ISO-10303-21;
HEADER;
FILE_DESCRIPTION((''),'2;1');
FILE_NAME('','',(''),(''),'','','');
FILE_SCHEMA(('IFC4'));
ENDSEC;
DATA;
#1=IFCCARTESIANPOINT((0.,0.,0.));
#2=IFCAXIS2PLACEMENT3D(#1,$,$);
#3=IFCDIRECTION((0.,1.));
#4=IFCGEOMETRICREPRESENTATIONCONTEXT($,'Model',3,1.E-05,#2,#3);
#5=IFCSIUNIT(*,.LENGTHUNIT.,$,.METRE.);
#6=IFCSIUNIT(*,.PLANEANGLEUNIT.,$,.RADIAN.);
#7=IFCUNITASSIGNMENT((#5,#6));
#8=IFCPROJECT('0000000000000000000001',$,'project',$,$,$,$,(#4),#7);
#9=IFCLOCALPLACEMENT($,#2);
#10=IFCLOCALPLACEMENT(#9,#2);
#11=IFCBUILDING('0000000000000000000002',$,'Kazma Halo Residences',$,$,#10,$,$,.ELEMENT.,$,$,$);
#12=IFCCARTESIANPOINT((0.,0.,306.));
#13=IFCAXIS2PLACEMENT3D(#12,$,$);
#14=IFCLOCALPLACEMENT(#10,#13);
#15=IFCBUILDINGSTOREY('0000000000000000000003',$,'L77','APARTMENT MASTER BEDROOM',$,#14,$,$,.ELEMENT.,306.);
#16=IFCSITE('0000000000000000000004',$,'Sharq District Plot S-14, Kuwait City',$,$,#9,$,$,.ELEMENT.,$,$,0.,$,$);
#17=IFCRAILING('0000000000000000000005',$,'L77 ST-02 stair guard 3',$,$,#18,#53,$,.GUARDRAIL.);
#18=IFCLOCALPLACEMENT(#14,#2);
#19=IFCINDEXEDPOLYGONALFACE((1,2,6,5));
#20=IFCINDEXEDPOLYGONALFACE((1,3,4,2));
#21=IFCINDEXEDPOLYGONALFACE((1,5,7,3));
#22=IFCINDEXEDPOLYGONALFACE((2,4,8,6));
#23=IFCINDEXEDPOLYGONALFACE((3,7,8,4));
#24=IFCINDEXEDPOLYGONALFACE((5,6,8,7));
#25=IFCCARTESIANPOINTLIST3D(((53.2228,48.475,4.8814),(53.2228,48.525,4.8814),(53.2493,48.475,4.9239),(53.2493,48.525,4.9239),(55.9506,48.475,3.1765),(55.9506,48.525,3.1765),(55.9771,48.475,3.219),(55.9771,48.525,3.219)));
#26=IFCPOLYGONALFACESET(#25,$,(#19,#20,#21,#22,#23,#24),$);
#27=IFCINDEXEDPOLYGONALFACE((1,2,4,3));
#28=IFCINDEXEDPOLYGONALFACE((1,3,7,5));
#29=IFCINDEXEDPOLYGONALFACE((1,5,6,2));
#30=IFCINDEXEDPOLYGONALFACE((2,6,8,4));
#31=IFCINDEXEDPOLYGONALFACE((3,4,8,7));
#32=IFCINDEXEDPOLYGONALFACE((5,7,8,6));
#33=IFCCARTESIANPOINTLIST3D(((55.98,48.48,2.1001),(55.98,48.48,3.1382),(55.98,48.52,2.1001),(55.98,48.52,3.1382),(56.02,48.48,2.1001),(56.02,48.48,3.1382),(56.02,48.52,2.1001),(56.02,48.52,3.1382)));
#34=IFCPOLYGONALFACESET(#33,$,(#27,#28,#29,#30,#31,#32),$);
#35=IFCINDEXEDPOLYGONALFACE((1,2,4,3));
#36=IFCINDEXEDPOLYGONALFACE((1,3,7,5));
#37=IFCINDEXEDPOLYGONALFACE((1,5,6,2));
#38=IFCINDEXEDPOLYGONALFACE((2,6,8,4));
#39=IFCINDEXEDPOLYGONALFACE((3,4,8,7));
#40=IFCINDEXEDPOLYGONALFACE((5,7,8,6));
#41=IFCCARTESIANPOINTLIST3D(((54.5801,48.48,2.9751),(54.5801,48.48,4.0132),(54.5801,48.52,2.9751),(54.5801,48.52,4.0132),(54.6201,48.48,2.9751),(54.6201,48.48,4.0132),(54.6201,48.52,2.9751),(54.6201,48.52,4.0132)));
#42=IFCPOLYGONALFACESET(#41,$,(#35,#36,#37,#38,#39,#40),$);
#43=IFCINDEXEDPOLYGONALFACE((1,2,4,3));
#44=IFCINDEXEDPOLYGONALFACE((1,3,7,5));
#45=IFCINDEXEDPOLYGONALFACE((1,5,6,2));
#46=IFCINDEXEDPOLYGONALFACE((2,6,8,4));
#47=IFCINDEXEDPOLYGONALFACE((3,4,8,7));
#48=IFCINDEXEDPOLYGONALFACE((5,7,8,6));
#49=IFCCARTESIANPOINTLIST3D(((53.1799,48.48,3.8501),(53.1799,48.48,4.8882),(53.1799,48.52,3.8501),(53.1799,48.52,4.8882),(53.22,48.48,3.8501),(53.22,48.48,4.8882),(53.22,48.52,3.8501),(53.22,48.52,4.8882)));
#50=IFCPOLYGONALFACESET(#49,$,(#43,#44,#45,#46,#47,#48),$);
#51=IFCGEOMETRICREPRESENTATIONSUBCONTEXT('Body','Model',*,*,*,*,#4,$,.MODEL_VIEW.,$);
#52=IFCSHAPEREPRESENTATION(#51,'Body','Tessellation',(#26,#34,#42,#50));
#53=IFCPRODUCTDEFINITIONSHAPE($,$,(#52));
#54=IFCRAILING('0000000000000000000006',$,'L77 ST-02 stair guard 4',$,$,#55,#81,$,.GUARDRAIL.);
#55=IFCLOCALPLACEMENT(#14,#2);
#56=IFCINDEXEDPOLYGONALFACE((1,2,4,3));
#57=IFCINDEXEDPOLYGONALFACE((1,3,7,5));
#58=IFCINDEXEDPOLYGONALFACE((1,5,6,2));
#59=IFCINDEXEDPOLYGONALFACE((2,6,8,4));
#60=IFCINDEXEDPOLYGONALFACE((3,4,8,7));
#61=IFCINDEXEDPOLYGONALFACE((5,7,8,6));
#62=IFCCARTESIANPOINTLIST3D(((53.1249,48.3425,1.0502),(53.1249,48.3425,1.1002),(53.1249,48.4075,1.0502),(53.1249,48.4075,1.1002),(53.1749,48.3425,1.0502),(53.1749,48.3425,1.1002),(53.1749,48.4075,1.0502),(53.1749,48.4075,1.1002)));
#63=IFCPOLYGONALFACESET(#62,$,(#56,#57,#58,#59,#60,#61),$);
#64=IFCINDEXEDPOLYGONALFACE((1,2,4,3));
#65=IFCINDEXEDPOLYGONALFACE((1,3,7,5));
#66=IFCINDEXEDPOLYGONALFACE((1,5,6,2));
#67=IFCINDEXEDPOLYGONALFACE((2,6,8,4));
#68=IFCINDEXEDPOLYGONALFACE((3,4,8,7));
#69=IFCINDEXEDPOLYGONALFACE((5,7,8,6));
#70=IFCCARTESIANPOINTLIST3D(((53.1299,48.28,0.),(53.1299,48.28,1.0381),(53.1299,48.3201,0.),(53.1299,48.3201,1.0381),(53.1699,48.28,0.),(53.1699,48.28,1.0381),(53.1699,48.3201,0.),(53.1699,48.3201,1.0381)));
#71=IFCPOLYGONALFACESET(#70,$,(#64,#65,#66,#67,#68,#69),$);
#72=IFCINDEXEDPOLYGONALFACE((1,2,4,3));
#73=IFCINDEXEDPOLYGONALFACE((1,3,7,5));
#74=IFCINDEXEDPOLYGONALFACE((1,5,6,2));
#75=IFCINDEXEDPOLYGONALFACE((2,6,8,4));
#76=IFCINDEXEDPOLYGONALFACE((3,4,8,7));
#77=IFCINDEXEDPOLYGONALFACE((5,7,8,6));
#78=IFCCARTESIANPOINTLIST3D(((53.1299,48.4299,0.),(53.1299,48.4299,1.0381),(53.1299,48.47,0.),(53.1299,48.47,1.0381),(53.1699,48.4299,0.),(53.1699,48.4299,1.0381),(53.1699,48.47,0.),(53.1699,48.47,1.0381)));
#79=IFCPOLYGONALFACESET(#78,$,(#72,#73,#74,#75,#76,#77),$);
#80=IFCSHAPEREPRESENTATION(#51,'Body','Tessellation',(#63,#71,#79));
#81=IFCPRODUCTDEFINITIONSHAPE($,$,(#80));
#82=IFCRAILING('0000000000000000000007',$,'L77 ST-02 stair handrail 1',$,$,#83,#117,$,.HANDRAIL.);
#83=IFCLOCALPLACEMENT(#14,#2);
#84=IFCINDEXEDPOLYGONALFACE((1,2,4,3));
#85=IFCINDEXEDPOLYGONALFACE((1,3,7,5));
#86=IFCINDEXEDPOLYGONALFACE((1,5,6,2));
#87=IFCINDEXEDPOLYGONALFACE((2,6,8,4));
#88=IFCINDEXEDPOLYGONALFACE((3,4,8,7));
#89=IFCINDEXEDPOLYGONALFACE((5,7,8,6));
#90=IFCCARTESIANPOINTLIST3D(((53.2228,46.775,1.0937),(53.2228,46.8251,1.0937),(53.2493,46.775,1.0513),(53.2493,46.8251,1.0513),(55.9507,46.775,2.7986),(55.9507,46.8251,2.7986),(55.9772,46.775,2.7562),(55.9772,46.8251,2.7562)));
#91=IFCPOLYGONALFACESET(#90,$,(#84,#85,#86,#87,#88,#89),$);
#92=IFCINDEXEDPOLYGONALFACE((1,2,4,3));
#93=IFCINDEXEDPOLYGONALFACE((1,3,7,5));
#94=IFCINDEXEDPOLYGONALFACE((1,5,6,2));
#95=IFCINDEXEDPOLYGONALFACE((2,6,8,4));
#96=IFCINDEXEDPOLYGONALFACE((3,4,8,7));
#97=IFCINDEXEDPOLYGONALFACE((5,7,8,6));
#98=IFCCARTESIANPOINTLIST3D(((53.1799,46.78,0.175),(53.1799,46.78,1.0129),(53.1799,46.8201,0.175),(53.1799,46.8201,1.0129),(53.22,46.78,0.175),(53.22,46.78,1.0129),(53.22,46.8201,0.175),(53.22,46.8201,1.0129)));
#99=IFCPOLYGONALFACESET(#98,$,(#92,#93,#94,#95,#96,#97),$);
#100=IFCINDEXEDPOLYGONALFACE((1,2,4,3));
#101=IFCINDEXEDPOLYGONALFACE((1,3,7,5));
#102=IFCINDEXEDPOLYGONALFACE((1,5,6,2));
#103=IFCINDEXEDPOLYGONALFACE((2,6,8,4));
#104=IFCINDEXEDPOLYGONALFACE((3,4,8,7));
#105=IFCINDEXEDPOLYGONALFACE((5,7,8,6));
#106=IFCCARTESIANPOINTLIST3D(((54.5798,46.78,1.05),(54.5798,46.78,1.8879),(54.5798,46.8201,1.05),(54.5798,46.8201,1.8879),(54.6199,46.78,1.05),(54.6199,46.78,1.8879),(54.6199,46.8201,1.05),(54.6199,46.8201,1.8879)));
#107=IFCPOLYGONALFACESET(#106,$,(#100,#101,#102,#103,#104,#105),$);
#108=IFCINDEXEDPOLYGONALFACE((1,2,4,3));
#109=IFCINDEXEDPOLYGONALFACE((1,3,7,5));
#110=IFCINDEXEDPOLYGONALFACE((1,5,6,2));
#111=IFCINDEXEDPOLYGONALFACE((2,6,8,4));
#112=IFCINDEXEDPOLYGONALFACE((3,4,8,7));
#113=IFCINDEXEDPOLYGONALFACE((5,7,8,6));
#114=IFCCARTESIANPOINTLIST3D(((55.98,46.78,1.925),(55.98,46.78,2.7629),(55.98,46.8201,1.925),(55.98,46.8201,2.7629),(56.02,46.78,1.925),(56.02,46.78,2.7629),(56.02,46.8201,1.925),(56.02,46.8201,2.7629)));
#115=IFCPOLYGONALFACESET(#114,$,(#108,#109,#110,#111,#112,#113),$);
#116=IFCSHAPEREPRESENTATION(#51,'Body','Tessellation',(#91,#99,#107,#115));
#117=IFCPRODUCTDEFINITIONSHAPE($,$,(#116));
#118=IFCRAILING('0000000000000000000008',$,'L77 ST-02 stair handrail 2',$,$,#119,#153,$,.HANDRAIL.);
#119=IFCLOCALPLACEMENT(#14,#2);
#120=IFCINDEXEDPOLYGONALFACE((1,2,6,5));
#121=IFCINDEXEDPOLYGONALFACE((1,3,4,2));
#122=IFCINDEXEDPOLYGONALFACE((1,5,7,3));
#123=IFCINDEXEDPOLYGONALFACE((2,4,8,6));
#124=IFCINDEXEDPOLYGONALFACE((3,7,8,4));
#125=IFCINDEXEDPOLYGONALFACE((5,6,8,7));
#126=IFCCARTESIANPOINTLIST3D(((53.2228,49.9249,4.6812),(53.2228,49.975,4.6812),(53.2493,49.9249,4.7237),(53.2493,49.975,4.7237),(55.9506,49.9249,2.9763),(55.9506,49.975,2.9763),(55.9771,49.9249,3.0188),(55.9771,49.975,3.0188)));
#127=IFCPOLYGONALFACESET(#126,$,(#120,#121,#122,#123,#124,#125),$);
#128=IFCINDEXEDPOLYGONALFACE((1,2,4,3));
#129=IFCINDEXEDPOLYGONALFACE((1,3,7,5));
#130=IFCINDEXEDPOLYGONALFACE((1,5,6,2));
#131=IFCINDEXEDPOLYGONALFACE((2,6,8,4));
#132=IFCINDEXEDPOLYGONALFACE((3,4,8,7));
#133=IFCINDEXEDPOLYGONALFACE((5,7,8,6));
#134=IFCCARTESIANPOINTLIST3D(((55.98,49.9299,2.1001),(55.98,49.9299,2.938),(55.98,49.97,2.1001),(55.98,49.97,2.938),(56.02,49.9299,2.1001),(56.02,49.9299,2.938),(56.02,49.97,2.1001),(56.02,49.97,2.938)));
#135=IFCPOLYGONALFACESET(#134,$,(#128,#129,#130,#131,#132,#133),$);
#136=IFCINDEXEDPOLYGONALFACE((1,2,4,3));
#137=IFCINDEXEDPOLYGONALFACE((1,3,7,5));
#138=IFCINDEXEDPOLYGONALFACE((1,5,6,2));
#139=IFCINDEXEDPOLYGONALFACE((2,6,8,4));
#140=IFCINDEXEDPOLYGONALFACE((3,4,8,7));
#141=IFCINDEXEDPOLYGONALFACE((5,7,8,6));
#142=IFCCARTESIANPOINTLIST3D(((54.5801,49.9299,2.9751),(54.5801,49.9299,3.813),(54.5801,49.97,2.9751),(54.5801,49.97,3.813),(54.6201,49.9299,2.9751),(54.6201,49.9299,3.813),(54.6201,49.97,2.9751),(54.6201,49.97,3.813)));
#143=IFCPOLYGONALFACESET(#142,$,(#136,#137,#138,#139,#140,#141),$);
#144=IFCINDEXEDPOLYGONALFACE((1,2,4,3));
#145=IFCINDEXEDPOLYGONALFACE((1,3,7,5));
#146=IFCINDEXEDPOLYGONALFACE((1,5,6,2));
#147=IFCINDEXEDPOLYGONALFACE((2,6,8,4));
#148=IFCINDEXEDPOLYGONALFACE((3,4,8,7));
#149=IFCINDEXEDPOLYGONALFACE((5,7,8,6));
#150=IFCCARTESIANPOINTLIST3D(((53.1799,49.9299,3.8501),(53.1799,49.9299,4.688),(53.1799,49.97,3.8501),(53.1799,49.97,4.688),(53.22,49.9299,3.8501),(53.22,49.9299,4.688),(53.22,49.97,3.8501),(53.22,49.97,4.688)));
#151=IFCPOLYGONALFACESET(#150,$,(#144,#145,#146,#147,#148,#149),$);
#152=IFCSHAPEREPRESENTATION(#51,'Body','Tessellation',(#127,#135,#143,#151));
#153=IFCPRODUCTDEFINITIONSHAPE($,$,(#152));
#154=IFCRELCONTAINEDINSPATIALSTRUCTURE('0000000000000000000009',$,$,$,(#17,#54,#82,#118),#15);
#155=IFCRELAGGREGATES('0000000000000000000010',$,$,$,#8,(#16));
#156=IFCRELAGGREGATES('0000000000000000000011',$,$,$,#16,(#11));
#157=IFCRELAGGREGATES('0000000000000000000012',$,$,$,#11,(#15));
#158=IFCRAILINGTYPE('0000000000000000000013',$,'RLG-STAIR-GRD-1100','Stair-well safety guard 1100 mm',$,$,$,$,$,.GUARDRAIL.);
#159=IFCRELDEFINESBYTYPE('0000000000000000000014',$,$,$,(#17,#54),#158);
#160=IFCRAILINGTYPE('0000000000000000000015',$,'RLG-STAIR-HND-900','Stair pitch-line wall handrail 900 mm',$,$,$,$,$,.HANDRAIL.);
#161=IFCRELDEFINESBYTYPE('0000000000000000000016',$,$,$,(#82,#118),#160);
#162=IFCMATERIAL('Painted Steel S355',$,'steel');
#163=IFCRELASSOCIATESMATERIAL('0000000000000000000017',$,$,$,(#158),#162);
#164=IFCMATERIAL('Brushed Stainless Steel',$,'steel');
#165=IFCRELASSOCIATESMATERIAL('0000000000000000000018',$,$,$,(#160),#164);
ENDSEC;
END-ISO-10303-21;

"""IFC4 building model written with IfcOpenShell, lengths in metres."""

from ifc_helpers import new_model, si_unit, direction, frame, origin, origin_2d, place, context, subcontext, project, spatial, rectangle, extrude, material, type_object, element, save


model = new_model("IFC4")

# Units and contexts
model_context = context("Model", 3, precision=1e-05, world=origin(), true_north=direction((0.0, 1.0)))
body_context = subcontext(model_context, "Body", "Model", "MODEL_VIEW")
ifc_project = project(units=[si_unit("LENGTHUNIT", "METRE"), si_unit("PLANEANGLEUNIT", "RADIAN")], contexts=[model_context])

# Site, building, storey
site_placement = place(None, origin())
site = spatial("IfcSite", under=ifc_project, at=site_placement, Name="Sharq District Plot S-14, Kuwait City", CompositionType="ELEMENT", RefElevation=0.0)
building_placement = place(site_placement, origin())
building = spatial("IfcBuilding", under=site, at=building_placement, Name="Kazma Halo Residences", CompositionType="ELEMENT")
storey_placement = place(building_placement, frame((0.0, 0.0, 306.0)))
storey = spatial("IfcBuildingStorey", under=building, at=storey_placement, Name="L77", Description="APARTMENT MASTER BEDROOM", CompositionType="ELEMENT", Elevation=306.0)

# Railings
ifc_material_1 = material(Name="Painted Steel S355", Category="steel")
railing_type_1 = type_object("IfcRailingType", Name="RLG-STAIR-GRD-1100", Description="Stair-well safety guard 1100 mm", PredefinedType="GUARDRAIL", material=ifc_material_1)
railing_1_placement = place(storey_placement, frame((56.0, 48.5, 2.1001)))
element("IfcRailing", 1, at=railing_1_placement, inside=storey, type_object=railing_type_1, Name="L77 ST-02 stair guard 3", PredefinedType="GUARDRAIL", context=body_context, shape_type="SweptSolid", body=[
    extrude(rectangle(XDim=0.05, YDim=0.05, at=origin_2d()), frame((-0.0361, 0.0, 1.0977), z_axis=(-0.848002, 0.0, 0.529992), x_axis=(0.0, -1.0, 0.0)), (0.0, 0.0, 1.0), 3.2168),
    extrude(rectangle(XDim=0.04, YDim=0.04, at=origin_2d()), origin(), (0.0, 0.0, 1.0), 1.0381),
    extrude(rectangle(XDim=0.04, YDim=0.04, at=origin_2d()), frame((-1.3999, 0.0, 0.875)), (0.0, 0.0, 1.0), 1.0381),
    extrude(rectangle(XDim=0.04, YDim=0.04, at=origin_2d()), frame((-2.8, 0.0, 1.75)), (0.0, 0.0, 1.0), 1.0381),
])
railing_2_placement = place(storey_placement, frame((53.1499, 48.3, 0.0)))
element("IfcRailing", 2, at=railing_2_placement, inside=storey, type_object=railing_type_1, Name="L77 ST-02 stair guard 4", PredefinedType="GUARDRAIL", context=body_context, shape_type="SweptSolid", body=[
    extrude(rectangle(XDim=0.05, YDim=0.05, at=origin_2d()), frame((0.0, 0.0425, 1.0752), z_axis=(0.0, 1.0, 0.0), x_axis=(-1.0, 0.0, 0.0)), (0.0, 0.0, 1.0), 0.0649),
    extrude(rectangle(XDim=0.04, YDim=0.04, at=origin_2d()), origin(), (0.0, 0.0, 1.0), 1.0381),
    extrude(rectangle(XDim=0.04, YDim=0.04, at=origin_2d()), frame((0.0, 0.1499, 0.0)), (0.0, 0.0, 1.0), 1.0381),
])
ifc_material_2 = material(Name="Brushed Stainless Steel", Category="steel")
railing_type_2 = type_object("IfcRailingType", Name="RLG-STAIR-HND-900", Description="Stair pitch-line wall handrail 900 mm", PredefinedType="HANDRAIL", material=ifc_material_2)
railing_3_placement = place(storey_placement, frame((53.2, 46.8, 0.175)))
element("IfcRailing", 3, at=railing_3_placement, inside=storey, type_object=railing_type_2, Name="L77 ST-02 stair handrail 1", PredefinedType="HANDRAIL", context=body_context, shape_type="SweptSolid", body=[
    extrude(rectangle(XDim=0.05, YDim=0.05, at=origin_2d()), frame((0.0361, 0.0, 0.8975), z_axis=(0.848002, 0.0, 0.529992), x_axis=(0.0, 1.0, 0.0)), (0.0, 0.0, 1.0), 3.2168),
    extrude(rectangle(XDim=0.04, YDim=0.04, at=origin_2d()), origin(), (0.0, 0.0, 1.0), 0.8379),
    extrude(rectangle(XDim=0.04, YDim=0.04, at=origin_2d()), frame((1.3999, 0.0, 0.875)), (0.0, 0.0, 1.0), 0.8379),
    extrude(rectangle(XDim=0.04, YDim=0.04, at=origin_2d()), frame((2.8, 0.0, 1.75)), (0.0, 0.0, 1.0), 0.8379),
])
railing_4_placement = place(storey_placement, frame((56.0, 49.95, 2.1001)))
element("IfcRailing", 4, at=railing_4_placement, inside=storey, type_object=railing_type_2, Name="L77 ST-02 stair handrail 2", PredefinedType="HANDRAIL", context=body_context, shape_type="SweptSolid", body=[
    extrude(rectangle(XDim=0.05, YDim=0.05, at=origin_2d()), frame((-0.0361, 0.0, 0.8975), z_axis=(-0.848002, 0.0, 0.529992), x_axis=(0.0, -1.0, 0.0)), (0.0, 0.0, 1.0), 3.2168),
    extrude(rectangle(XDim=0.04, YDim=0.04, at=origin_2d()), origin(), (0.0, 0.0, 1.0), 0.8379),
    extrude(rectangle(XDim=0.04, YDim=0.04, at=origin_2d()), frame((-1.3999, 0.0, 0.875)), (0.0, 0.0, 1.0), 0.8379),
    extrude(rectangle(XDim=0.04, YDim=0.04, at=origin_2d()), frame((-2.8, 0.0, 1.75)), (0.0, 0.0, 1.0), 0.8379),
])

save(model, "model.ifc")
